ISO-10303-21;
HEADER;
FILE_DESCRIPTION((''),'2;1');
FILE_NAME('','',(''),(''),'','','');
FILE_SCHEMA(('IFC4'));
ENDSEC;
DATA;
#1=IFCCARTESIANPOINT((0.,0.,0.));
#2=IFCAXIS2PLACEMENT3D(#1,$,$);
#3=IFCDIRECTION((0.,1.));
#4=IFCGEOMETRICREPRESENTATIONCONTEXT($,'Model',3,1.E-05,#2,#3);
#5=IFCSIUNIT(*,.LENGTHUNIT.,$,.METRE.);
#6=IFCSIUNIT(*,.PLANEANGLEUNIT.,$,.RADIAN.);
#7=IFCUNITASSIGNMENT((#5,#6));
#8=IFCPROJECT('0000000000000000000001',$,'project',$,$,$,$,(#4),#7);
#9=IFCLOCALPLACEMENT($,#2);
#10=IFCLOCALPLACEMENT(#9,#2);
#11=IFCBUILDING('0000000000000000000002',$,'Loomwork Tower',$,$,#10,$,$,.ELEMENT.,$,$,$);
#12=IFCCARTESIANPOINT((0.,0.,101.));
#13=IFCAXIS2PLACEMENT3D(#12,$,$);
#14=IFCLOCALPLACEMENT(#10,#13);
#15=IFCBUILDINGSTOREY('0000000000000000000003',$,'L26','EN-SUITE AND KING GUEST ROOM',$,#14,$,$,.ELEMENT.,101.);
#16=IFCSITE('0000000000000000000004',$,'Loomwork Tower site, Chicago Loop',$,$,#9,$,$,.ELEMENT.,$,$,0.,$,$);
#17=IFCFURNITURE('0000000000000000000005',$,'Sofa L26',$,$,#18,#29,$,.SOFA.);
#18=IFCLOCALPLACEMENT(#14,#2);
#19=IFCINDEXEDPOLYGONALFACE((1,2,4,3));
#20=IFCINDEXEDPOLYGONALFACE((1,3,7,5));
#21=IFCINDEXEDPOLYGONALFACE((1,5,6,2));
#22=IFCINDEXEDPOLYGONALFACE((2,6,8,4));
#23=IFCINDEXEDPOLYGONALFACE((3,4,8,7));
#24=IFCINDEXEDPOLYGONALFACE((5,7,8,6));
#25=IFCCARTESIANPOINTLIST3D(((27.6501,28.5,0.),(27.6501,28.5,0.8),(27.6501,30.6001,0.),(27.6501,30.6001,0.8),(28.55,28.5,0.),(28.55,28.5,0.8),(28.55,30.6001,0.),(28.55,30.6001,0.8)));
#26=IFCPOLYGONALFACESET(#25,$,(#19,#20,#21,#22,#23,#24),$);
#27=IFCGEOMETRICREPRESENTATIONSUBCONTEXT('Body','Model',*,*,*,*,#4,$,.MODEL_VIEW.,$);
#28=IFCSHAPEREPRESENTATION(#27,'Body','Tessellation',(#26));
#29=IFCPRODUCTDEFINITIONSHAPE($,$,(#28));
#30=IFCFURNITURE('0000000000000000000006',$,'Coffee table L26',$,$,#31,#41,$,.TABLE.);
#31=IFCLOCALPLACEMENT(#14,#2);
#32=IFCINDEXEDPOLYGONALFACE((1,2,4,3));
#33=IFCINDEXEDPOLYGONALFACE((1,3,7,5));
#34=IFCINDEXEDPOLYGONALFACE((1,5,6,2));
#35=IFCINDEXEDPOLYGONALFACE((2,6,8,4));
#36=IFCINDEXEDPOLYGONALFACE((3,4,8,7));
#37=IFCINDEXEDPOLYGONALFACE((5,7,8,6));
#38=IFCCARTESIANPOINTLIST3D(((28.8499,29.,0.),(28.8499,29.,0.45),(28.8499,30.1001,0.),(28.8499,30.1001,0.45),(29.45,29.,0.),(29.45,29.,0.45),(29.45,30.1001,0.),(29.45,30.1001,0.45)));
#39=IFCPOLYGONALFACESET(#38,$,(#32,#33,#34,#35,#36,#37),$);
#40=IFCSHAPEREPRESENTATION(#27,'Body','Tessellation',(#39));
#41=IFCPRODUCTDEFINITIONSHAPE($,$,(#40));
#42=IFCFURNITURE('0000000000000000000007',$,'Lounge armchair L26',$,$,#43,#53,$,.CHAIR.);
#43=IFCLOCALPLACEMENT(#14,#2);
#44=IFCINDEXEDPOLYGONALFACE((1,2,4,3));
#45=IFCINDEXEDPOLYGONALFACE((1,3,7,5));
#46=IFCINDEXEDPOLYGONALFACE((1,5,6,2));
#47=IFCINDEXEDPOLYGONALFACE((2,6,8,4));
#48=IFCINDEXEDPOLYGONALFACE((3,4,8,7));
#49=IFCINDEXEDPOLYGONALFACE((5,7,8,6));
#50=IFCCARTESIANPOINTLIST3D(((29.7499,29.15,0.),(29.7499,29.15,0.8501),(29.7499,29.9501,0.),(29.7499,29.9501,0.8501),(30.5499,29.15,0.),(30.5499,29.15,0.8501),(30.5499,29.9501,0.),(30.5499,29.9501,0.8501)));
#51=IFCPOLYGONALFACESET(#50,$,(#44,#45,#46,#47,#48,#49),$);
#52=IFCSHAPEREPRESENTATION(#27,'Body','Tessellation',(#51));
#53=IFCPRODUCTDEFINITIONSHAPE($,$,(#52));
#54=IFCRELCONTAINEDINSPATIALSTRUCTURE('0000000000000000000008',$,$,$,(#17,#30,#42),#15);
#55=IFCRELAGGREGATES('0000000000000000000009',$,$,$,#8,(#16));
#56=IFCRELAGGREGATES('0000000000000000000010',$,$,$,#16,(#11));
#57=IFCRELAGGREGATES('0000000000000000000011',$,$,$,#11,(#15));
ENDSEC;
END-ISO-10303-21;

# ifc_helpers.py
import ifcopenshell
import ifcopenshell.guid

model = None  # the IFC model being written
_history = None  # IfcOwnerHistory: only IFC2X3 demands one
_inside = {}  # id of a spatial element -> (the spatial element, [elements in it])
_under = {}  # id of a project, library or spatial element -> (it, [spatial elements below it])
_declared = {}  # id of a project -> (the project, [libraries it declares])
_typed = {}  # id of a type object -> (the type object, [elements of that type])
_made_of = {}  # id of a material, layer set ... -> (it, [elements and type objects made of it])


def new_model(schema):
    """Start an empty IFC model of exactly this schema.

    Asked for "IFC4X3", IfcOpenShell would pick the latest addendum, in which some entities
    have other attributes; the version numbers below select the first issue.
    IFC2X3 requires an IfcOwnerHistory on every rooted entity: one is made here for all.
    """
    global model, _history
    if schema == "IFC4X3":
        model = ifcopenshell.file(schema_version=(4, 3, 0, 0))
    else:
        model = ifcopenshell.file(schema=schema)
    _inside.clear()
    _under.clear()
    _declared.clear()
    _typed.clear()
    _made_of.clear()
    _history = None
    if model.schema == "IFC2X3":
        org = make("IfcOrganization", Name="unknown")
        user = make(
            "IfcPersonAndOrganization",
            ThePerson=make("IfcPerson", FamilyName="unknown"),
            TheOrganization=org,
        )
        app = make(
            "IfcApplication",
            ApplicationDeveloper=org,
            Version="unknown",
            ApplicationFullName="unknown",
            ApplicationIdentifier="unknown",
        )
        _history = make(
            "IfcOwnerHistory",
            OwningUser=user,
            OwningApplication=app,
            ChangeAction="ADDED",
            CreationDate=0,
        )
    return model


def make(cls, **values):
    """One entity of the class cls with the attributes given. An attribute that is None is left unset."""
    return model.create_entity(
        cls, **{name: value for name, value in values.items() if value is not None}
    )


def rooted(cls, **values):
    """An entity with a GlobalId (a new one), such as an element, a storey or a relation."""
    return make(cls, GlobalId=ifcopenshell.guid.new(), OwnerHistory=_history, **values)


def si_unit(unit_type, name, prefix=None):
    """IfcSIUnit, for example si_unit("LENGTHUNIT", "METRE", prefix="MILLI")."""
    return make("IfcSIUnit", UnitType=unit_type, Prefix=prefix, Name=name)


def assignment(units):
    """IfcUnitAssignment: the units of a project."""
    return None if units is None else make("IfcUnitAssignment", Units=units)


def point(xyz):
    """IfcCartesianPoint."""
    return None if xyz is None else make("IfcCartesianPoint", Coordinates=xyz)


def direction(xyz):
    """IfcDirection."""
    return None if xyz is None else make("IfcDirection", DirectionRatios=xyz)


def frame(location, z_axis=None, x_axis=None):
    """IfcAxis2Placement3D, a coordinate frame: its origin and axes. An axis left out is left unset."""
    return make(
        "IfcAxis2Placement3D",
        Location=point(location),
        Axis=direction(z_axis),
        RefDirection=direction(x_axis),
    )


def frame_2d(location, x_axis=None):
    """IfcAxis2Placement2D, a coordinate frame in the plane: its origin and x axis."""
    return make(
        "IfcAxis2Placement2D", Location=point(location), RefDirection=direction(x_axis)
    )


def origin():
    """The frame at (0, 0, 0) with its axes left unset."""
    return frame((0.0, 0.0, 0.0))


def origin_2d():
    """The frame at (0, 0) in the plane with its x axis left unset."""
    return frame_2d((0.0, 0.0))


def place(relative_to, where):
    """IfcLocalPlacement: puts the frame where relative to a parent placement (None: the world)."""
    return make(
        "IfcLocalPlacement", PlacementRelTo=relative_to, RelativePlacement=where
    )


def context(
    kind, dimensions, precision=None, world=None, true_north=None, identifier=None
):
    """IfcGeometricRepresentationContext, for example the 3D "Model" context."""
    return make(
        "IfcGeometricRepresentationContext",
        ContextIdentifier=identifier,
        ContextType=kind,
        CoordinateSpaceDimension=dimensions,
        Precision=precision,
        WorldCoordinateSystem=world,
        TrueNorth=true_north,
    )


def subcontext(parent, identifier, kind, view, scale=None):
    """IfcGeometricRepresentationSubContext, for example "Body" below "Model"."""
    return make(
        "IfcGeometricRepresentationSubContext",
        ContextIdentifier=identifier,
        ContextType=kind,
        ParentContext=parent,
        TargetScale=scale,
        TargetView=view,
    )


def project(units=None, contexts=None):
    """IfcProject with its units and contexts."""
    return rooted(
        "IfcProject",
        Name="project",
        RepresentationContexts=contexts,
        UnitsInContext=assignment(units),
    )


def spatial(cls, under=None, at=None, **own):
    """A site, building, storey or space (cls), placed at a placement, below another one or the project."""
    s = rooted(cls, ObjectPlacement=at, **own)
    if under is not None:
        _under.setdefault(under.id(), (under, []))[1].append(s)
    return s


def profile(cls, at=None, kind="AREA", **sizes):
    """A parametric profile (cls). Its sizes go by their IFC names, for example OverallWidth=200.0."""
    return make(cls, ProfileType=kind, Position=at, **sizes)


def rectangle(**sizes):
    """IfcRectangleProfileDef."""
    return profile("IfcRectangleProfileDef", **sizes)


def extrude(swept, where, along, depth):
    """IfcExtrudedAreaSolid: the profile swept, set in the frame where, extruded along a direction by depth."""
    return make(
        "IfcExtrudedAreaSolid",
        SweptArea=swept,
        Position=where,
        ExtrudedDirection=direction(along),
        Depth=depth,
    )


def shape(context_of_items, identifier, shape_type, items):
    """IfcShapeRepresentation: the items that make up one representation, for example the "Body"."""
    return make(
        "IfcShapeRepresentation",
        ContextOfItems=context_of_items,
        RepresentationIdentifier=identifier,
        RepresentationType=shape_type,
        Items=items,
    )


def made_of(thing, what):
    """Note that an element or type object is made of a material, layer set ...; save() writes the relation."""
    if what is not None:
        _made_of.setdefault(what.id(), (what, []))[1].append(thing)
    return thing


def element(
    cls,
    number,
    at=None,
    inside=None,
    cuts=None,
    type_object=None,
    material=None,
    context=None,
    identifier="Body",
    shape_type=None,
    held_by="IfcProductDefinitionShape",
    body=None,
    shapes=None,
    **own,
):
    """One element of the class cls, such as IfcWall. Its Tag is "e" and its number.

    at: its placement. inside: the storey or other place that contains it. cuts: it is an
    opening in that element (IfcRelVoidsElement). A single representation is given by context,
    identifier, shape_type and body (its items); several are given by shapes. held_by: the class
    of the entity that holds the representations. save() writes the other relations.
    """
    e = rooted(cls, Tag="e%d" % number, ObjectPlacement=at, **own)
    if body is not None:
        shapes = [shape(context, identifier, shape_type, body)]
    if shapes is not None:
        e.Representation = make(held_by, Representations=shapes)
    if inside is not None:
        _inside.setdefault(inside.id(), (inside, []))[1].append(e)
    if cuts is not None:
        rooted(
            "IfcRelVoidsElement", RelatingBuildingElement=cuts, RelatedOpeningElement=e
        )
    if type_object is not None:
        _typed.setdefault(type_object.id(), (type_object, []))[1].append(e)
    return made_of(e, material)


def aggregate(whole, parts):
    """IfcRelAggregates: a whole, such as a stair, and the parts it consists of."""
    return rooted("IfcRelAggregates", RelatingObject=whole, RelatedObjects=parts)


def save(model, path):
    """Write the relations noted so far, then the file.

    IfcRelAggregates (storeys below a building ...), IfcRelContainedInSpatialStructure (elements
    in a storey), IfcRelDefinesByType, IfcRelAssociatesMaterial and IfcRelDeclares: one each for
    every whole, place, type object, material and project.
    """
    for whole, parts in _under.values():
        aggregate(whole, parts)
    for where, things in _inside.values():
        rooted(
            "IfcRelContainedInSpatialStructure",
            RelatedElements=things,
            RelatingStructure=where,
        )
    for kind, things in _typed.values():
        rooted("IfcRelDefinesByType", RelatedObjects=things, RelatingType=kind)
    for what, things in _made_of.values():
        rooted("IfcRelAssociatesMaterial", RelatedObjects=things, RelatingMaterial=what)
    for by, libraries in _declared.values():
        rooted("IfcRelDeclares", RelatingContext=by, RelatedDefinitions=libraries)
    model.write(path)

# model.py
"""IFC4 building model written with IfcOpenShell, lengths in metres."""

from ifc_helpers import new_model, si_unit, direction, frame, origin, origin_2d, place, context, subcontext, project, spatial, rectangle, extrude, element, save


model = new_model("IFC4")

# Units and contexts
model_context = context("Model", 3, precision=1e-05, world=origin(), true_north=direction((0.0, 1.0)))
body_context = subcontext(model_context, "Body", "Model", "MODEL_VIEW")
ifc_project = project(units=[si_unit("LENGTHUNIT", "METRE"), si_unit("PLANEANGLEUNIT", "RADIAN")], contexts=[model_context])

# Site, building, storey
site_placement = place(None, origin())
site = spatial("IfcSite", under=ifc_project, at=site_placement, Name="Loomwork Tower site, Chicago Loop", CompositionType="ELEMENT", RefElevation=0.0)
building_placement = place(site_placement, origin())
building = spatial("IfcBuilding", under=site, at=building_placement, Name="Loomwork Tower", CompositionType="ELEMENT")
storey_placement = place(building_placement, frame((0.0, 0.0, 101.0)))
storey = spatial("IfcBuildingStorey", under=building, at=storey_placement, Name="L26", Description="EN-SUITE AND KING GUEST ROOM", CompositionType="ELEMENT", Elevation=101.0)

# Furniture
furniture_1_placement = place(storey_placement, frame((28.1001, 29.55, 0.0), z_axis=(0.0, 0.0, 1.0), x_axis=(1.0, 0.0, 0.0)))
element("IfcFurniture", 1, at=furniture_1_placement, inside=storey, Name="Sofa L26", PredefinedType="SOFA", context=body_context, shape_type="SweptSolid", body=[
    extrude(rectangle(XDim=0.8999, YDim=2.1001, at=origin_2d()), origin(), (0.0, 0.0, 1.0), 0.8),
])
furniture_2_placement = place(storey_placement, frame((29.1499, 29.55, 0.0), z_axis=(0.0, 0.0, 1.0), x_axis=(1.0, 0.0, 0.0)))
element("IfcFurniture", 2, at=furniture_2_placement, inside=storey, Name="Coffee table L26", PredefinedType="TABLE", context=body_context, shape_type="SweptSolid", body=[
    extrude(rectangle(XDim=0.6001, YDim=1.1001, at=origin_2d()), origin(), (0.0, 0.0, 1.0), 0.45),
])
furniture_3_placement = place(storey_placement, frame((30.1499, 29.55, 0.0), z_axis=(0.0, 0.0, 1.0), x_axis=(1.0, 0.0, 0.0)))
element("IfcFurniture", 3, at=furniture_3_placement, inside=storey, Name="Lounge armchair L26", PredefinedType="CHAIR", context=body_context, shape_type="SweptSolid", body=[
    extrude(rectangle(XDim=0.8, YDim=0.8, at=origin_2d()), origin(), (0.0, 0.0, 1.0), 0.8501),
])

save(model, "model.ifc")
